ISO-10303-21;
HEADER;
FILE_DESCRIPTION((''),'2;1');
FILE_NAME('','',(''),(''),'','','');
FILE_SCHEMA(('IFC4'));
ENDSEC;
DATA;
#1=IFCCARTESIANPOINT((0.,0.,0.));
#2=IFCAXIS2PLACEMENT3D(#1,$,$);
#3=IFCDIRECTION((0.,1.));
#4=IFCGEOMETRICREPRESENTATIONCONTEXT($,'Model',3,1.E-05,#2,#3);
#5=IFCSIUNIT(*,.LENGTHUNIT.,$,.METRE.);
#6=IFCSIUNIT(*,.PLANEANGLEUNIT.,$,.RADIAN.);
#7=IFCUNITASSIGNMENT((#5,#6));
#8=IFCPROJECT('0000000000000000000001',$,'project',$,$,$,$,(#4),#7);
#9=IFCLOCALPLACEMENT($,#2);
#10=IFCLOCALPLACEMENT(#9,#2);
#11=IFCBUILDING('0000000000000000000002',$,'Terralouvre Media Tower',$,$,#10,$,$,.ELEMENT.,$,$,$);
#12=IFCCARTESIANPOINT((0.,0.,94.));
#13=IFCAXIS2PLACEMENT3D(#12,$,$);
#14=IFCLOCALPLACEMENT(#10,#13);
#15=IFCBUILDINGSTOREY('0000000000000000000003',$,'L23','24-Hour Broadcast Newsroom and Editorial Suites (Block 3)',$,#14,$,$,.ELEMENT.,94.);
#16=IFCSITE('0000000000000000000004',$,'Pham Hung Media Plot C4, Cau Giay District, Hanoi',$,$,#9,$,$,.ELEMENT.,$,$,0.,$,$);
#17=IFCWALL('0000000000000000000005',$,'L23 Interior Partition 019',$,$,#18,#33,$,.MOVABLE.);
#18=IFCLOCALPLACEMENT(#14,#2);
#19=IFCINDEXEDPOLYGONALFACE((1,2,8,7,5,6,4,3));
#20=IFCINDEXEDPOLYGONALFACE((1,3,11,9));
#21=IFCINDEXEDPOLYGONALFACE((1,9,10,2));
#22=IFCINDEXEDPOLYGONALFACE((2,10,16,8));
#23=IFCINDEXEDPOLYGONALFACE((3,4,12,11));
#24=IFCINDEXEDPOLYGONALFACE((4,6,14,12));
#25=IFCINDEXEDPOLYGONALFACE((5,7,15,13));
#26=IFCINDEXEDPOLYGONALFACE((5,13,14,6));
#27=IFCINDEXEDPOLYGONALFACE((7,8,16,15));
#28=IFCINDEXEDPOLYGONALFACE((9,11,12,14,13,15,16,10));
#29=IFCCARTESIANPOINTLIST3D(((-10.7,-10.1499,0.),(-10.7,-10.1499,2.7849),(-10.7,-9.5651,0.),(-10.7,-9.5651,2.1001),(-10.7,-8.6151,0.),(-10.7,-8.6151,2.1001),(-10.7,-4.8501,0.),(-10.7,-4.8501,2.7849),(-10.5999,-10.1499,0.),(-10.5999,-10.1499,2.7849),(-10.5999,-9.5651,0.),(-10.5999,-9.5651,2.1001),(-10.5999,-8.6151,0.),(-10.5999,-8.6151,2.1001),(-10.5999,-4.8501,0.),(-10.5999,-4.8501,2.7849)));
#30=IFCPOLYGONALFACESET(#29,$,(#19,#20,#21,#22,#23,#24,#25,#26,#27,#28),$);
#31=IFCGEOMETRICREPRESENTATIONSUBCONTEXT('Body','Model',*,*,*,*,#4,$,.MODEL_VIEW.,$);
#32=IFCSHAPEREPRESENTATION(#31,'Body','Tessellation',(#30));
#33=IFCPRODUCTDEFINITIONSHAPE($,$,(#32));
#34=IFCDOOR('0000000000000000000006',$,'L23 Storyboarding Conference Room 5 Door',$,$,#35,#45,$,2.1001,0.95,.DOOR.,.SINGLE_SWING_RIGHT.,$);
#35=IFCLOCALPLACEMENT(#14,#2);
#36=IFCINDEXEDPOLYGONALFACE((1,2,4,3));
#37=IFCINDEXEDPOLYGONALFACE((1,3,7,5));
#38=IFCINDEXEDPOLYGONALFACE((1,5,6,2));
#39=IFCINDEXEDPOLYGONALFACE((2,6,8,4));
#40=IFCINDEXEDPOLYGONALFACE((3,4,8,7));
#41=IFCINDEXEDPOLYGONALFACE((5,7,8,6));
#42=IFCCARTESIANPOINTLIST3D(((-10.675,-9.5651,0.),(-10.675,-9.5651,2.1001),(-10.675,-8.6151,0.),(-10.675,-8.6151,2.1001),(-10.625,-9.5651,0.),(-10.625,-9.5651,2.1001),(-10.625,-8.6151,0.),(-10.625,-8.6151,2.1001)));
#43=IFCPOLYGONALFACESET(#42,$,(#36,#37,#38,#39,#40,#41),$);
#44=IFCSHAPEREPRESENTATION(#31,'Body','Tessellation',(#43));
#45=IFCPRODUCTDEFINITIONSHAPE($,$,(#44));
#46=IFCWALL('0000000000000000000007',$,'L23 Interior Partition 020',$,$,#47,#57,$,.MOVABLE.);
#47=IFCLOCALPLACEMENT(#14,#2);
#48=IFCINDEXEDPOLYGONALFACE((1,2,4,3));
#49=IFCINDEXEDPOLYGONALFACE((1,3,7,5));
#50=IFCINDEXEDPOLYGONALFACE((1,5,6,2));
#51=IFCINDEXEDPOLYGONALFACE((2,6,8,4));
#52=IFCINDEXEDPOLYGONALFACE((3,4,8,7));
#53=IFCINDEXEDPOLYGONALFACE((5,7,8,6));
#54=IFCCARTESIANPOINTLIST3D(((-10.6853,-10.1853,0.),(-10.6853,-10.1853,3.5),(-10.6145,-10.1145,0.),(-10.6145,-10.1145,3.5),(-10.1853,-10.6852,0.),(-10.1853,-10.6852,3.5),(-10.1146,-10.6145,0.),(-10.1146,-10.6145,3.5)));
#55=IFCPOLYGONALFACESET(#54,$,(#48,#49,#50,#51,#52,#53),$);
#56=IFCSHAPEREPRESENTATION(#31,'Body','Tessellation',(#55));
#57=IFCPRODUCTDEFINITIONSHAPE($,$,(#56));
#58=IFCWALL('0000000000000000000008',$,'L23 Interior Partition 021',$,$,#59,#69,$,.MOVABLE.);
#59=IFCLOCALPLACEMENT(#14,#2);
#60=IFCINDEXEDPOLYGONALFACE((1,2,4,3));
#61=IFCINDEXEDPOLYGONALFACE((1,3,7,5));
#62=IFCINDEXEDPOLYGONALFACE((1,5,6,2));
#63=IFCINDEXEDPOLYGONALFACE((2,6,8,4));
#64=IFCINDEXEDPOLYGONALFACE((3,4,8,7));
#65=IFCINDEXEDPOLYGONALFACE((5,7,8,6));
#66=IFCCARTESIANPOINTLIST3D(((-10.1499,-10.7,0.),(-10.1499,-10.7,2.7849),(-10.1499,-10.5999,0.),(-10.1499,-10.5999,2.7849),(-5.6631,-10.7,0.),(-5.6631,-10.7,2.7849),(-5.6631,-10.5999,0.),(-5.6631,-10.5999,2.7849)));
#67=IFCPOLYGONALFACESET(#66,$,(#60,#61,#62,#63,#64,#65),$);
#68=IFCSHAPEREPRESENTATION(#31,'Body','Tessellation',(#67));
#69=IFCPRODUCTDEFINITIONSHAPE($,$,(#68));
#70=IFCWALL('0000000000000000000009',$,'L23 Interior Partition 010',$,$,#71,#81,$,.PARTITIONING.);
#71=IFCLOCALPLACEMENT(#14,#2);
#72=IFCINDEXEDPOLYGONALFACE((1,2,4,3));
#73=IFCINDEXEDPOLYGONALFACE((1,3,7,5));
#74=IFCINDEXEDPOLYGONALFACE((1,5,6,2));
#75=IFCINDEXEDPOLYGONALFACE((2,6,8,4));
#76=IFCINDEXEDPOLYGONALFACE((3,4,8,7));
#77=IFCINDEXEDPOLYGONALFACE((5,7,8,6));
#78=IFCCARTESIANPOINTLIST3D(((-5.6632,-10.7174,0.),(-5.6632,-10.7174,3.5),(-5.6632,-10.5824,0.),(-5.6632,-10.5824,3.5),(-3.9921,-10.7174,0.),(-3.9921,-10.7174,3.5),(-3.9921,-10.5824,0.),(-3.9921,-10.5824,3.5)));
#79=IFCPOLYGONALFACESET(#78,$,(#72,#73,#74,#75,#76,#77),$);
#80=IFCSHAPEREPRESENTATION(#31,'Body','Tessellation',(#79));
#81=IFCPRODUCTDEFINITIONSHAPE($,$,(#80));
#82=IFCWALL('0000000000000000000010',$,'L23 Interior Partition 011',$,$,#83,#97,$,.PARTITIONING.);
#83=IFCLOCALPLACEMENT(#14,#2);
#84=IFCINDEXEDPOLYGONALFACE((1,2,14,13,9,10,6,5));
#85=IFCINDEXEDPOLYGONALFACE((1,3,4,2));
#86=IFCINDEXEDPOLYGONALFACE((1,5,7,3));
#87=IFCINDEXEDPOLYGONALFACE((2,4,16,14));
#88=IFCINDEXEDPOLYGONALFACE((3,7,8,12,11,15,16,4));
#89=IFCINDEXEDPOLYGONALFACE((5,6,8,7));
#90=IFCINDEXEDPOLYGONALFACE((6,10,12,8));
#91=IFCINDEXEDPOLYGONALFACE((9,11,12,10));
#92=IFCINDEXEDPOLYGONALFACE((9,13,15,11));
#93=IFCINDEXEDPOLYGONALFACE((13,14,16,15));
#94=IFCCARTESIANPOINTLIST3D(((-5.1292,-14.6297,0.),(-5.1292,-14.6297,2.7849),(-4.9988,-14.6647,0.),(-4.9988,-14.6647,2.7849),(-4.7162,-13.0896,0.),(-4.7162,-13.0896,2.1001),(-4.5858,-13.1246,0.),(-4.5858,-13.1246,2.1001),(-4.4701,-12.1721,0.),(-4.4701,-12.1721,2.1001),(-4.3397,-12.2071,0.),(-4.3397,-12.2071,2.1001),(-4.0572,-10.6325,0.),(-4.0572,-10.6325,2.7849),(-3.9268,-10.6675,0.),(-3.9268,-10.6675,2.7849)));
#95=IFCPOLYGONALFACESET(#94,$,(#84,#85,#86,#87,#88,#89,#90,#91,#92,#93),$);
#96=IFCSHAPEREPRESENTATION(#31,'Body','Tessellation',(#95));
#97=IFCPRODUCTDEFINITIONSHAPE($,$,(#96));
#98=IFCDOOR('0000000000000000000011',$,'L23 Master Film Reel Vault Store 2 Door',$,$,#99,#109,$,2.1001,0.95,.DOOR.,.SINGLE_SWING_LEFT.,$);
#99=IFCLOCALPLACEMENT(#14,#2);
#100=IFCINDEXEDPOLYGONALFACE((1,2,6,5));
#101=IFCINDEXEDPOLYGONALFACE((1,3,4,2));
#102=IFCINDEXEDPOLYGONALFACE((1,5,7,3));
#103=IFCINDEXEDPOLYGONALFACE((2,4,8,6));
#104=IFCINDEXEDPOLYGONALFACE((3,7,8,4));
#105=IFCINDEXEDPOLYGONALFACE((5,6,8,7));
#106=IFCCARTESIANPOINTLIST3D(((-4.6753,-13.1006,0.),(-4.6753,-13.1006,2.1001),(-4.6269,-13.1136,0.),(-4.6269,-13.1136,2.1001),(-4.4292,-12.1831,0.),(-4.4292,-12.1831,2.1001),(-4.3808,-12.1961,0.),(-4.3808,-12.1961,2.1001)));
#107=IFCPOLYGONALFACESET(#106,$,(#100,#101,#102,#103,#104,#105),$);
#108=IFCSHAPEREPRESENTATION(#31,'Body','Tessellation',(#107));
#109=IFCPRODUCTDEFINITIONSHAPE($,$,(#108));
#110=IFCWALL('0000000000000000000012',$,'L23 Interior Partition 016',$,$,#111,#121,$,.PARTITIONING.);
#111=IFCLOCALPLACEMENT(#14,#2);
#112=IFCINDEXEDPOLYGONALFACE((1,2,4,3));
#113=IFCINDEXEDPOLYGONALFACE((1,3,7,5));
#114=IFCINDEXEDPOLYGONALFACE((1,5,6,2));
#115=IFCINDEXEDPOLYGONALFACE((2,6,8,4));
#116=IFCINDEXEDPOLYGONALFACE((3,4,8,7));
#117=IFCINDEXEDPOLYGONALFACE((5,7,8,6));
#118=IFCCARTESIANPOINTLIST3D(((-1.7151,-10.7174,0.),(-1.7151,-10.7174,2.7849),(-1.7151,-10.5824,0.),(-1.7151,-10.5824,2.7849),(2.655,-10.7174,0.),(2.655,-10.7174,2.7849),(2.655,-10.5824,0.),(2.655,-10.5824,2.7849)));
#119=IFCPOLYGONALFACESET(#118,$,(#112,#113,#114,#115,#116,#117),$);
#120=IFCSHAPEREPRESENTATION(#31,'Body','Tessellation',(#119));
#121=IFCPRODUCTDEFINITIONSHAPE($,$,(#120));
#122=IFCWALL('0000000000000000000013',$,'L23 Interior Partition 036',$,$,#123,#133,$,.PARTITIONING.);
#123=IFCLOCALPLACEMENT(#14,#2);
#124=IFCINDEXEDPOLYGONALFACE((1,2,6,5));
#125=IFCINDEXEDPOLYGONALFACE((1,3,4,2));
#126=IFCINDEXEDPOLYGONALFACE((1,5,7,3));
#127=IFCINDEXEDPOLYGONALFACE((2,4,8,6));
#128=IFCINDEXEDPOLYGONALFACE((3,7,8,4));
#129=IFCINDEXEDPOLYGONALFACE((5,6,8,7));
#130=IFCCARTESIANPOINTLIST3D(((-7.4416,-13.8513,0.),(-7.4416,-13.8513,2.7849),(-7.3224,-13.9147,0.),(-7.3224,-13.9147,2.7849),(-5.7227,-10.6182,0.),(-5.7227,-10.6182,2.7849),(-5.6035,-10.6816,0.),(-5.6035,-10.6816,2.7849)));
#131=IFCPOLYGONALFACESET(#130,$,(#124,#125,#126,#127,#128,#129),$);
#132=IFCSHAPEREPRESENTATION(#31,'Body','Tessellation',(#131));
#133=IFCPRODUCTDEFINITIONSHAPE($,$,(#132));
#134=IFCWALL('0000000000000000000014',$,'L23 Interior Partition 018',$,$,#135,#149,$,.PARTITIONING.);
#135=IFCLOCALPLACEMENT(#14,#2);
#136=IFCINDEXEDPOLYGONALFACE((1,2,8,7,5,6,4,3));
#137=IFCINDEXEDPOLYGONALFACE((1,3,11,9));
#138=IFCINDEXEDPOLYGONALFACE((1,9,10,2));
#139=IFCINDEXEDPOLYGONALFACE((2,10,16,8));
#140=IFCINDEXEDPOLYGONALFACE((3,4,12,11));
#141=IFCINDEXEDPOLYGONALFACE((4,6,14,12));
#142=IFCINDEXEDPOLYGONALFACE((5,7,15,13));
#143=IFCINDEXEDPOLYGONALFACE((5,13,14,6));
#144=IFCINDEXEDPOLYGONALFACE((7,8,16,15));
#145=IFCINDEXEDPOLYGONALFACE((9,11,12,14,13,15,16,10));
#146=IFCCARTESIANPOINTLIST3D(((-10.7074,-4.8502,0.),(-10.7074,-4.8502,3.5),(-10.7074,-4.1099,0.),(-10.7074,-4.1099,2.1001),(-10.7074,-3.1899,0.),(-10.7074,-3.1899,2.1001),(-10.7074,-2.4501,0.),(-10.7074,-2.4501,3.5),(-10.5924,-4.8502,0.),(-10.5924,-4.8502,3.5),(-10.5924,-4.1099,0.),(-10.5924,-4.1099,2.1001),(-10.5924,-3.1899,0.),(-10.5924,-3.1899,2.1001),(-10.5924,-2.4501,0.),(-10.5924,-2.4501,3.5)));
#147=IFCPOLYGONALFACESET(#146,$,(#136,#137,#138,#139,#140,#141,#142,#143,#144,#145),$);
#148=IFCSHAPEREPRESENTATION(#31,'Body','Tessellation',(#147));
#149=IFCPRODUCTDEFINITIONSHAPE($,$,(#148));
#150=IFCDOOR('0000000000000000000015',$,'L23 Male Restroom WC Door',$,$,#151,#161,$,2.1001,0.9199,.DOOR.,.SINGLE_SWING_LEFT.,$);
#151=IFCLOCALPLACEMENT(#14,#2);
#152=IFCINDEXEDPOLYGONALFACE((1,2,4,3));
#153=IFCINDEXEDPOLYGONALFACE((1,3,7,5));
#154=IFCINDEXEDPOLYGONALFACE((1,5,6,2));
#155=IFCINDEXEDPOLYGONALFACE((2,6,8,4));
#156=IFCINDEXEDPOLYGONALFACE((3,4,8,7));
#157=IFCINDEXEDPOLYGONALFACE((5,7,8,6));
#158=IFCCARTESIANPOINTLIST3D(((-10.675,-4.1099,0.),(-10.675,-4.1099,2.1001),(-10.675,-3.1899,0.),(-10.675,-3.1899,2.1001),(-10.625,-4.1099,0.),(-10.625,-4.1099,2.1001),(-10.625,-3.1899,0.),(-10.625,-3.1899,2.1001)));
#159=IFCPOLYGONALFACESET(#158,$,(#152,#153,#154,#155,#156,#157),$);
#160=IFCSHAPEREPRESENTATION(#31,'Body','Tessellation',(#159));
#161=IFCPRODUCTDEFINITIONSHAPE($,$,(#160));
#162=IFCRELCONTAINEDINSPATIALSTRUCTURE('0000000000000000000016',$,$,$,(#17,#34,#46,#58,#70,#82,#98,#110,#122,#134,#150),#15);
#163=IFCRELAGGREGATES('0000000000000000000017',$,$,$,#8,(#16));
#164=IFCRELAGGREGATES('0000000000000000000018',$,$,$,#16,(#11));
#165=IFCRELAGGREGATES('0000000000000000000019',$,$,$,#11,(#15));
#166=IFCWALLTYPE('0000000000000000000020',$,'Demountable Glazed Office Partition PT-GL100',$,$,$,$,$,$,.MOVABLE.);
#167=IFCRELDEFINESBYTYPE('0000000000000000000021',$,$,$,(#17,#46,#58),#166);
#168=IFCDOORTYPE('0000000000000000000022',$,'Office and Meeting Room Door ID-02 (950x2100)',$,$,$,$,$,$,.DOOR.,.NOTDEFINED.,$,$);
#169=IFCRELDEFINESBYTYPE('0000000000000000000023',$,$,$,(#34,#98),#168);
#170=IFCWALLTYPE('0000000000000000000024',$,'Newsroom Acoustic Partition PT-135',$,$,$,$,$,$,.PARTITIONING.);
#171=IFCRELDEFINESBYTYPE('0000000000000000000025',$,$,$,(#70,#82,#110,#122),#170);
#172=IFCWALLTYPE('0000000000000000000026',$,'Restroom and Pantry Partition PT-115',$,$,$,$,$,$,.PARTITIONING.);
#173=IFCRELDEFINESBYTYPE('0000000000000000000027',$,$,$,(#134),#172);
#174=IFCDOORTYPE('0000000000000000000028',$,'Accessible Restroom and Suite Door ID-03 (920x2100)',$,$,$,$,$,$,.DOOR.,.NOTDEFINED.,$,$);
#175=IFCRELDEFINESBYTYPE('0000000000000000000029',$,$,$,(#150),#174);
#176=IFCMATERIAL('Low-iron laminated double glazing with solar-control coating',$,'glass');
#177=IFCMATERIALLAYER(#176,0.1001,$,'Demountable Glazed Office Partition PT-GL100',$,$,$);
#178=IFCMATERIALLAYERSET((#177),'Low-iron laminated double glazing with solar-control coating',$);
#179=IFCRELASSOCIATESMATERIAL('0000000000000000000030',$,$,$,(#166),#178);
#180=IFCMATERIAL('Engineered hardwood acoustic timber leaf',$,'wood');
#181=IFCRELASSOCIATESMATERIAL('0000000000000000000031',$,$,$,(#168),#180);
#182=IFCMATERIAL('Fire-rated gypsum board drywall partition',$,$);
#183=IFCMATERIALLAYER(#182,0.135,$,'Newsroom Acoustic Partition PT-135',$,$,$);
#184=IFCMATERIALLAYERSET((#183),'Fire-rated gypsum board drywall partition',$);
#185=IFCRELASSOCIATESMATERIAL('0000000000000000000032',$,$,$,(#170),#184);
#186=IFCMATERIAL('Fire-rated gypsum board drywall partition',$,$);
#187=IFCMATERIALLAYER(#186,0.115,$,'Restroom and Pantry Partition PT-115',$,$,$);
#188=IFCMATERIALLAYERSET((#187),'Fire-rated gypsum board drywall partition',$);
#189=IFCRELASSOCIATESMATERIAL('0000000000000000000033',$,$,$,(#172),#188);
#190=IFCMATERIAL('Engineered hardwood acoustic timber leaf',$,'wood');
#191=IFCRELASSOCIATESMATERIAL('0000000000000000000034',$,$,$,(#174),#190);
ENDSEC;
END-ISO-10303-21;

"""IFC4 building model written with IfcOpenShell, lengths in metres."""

from ifc_helpers import new_model, si_unit, direction, frame, frame_2d, origin, place, context, subcontext, project, spatial, rectangle, extrude, material, layer, layer_set, type_object, element, fill, save


model = new_model("IFC4")

# Units and contexts
model_context = context("Model", 3, precision=1e-05, world=origin(), true_north=direction((0.0, 1.0)))
body_context = subcontext(model_context, "Body", "Model", "MODEL_VIEW")
ifc_project = project(units=[si_unit("LENGTHUNIT", "METRE"), si_unit("PLANEANGLEUNIT", "RADIAN")], contexts=[model_context])

# Site, building, storey
site_placement = place(None, origin())
site = spatial("IfcSite", under=ifc_project, at=site_placement, Name="Pham Hung Media Plot C4, Cau Giay District, Hanoi", CompositionType="ELEMENT", RefElevation=0.0)
building_placement = place(site_placement, origin())
building = spatial("IfcBuilding", under=site, at=building_placement, Name="Terralouvre Media Tower", CompositionType="ELEMENT")
storey_placement = place(building_placement, frame((0.0, 0.0, 94.0)))
storey = spatial("IfcBuildingStorey", under=building, at=storey_placement, Name="L23", Description="24-Hour Broadcast Newsroom and Editorial Suites (Block 3)", CompositionType="ELEMENT", Elevation=94.0)

# Wall, opening, door
ifc_material_1 = material(Name="Low-iron laminated double glazing with solar-control coating", Category="glass")
ifc_layer_1 = layer(ifc_material_1, 0.1001, Name="Demountable Glazed Office Partition PT-GL100")
ifc_layer_set_1 = layer_set([ifc_layer_1], Name="Low-iron laminated double glazing with solar-control coating")
wall_type_1 = type_object("IfcWallType", Name="Demountable Glazed Office Partition PT-GL100", PredefinedType="MOVABLE", material=ifc_layer_set_1)
wall_1_placement = place(storey_placement, frame((-10.6499, -4.8501, 0.0), z_axis=(0.0, 0.0, 1.0), x_axis=(0.0, -1.0, 0.0)))
wall_1 = element("IfcWall", 1, at=wall_1_placement, inside=storey, type_object=wall_type_1, Name="L23 Interior Partition 019", PredefinedType="MOVABLE", context=body_context, shape_type="SweptSolid", body=[
    extrude(rectangle(XDim=5.2998, YDim=0.1001, at=frame_2d((2.6499, 0.0))), origin(), (0.0, 0.0, 1.0), 2.7849),
])
opening_1_placement = place(wall_1_placement, frame((3.7649, 0.0, 0.0)))
opening_1 = element("IfcOpeningElement", 2, at=opening_1_placement, cuts=wall_1, PredefinedType="OPENING", context=body_context, shape_type="SweptSolid", body=[
    extrude(rectangle(XDim=0.95, YDim=2.1001, at=frame_2d((0.4751, 1.05))), frame((0.0, 0.0601, 0.0), z_axis=(0.0, -1.0, 0.0), x_axis=(1.0, 0.0, 0.0)), (0.0, 0.0, 1.0), 0.1201),
])
ifc_material_2 = material(Name="Engineered hardwood acoustic timber leaf", Category="wood")
door_type_1 = type_object("IfcDoorType", Name="Office and Meeting Room Door ID-02 (950x2100)", OperationType="NOTDEFINED", PredefinedType="DOOR", material=ifc_material_2)
door_1_placement = place(opening_1_placement, origin())
door_1 = element("IfcDoor", 3, at=door_1_placement, inside=storey, type_object=door_type_1, Name="L23 Storyboarding Conference Room 5 Door", OperationType="SINGLE_SWING_RIGHT", OverallHeight=2.1001, OverallWidth=0.95, PredefinedType="DOOR", context=body_context, shape_type="SweptSolid", body=[
    extrude(rectangle(XDim=0.95, YDim=2.1001, at=frame_2d((0.4751, 1.05))), frame((0.0, 0.0249, 0.0), z_axis=(0.0, -1.0, 0.0), x_axis=(1.0, 0.0, 0.0)), (0.0, 0.0, 1.0), 0.05),
])
fill(opening_1, door_1)

# Walls
wall_2_placement = place(storey_placement, frame((-10.6499, -10.1499, 0.0), z_axis=(0.0, 0.0, 1.0), x_axis=(0.707107, -0.707107, 0.0)))
element("IfcWall", 4, at=wall_2_placement, inside=storey, type_object=wall_type_1, Name="L23 Interior Partition 020", PredefinedType="MOVABLE", context=body_context, shape_type="SweptSolid", body=[
    extrude(rectangle(XDim=0.707, YDim=0.1001, at=frame_2d((0.3535, 0.0))), origin(), (0.0, 0.0, 1.0), 3.5),
])
wall_3_placement = place(storey_placement, frame((-10.1499, -10.6499, 0.0), z_axis=(0.0, 0.0, 1.0), x_axis=(1.0, 0.0, 0.0)))
element("IfcWall", 5, at=wall_3_placement, inside=storey, type_object=wall_type_1, Name="L23 Interior Partition 021", PredefinedType="MOVABLE", context=body_context, shape_type="SweptSolid", body=[
    extrude(rectangle(XDim=4.4868, YDim=0.1001, at=frame_2d((2.2434, 0.0))), origin(), (0.0, 0.0, 1.0), 2.7849),
])
ifc_material_3 = material(Name="Fire-rated gypsum board drywall partition")
ifc_layer_2 = layer(ifc_material_3, 0.135, Name="Newsroom Acoustic Partition PT-135")
ifc_layer_set_2 = layer_set([ifc_layer_2], Name="Fire-rated gypsum board drywall partition")
wall_type_2 = type_object("IfcWallType", Name="Newsroom Acoustic Partition PT-135", PredefinedType="PARTITIONING", material=ifc_layer_set_2)
wall_4_placement = place(storey_placement, frame((-5.6631, -10.6499, 0.0), z_axis=(0.0, 0.0, 1.0), x_axis=(1.0, 0.0, 0.0)))
element("IfcWall", 6, at=wall_4_placement, inside=storey, type_object=wall_type_2, Name="L23 Interior Partition 010", PredefinedType="PARTITIONING", context=body_context, shape_type="SweptSolid", body=[
    extrude(rectangle(XDim=1.6711, YDim=0.135, at=frame_2d((0.8354, 0.0))), origin(), (0.0, 0.0, 1.0), 3.5),
])

# Wall, opening, door
wall_5_placement = place(storey_placement, frame((-3.9919, -10.6499, 0.0), z_axis=(0.0, 0.0, 1.0), x_axis=(-0.259047, -0.965865, 0.0)))
wall_5 = element("IfcWall", 7, at=wall_5_placement, inside=storey, type_object=wall_type_2, Name="L23 Interior Partition 011", PredefinedType="PARTITIONING", context=body_context, shape_type="SweptSolid", body=[
    extrude(rectangle(XDim=4.1384, YDim=0.135, at=frame_2d((2.0693, 0.0))), origin(), (0.0, 0.0, 1.0), 2.7849),
])
opening_2_placement = place(wall_5_placement, frame((1.594, 0.0, 0.0)))
opening_2 = element("IfcOpeningElement", 8, at=opening_2_placement, cuts=wall_5, PredefinedType="OPENING", context=body_context, shape_type="SweptSolid", body=[
    extrude(rectangle(XDim=0.95, YDim=2.1001, at=frame_2d((0.4751, 1.05))), frame((0.0, 0.0774, 0.0), z_axis=(0.0, -1.0, 0.0), x_axis=(1.0, 0.0, 0.0)), (0.0, 0.0, 1.0), 0.155),
])
door_2_placement = place(opening_2_placement, origin())
door_2 = element("IfcDoor", 9, at=door_2_placement, inside=storey, type_object=door_type_1, Name="L23 Master Film Reel Vault Store 2 Door", OperationType="SINGLE_SWING_LEFT", OverallHeight=2.1001, OverallWidth=0.95, PredefinedType="DOOR", context=body_context, shape_type="SweptSolid", body=[
    extrude(rectangle(XDim=0.95, YDim=2.1001, at=frame_2d((0.4751, 1.05))), frame((0.0, 0.0249, 0.0), z_axis=(0.0, -1.0, 0.0), x_axis=(1.0, 0.0, 0.0)), (0.0, 0.0, 1.0), 0.05),
])
fill(opening_2, door_2)

# Walls
wall_6_placement = place(storey_placement, frame((-1.7151, -10.6499, 0.0), z_axis=(0.0, 0.0, 1.0), x_axis=(1.0, 0.0, 0.0)))
element("IfcWall", 10, at=wall_6_placement, inside=storey, type_object=wall_type_2, Name="L23 Interior Partition 016", PredefinedType="PARTITIONING", context=body_context, shape_type="SweptSolid", body=[
    extrude(rectangle(XDim=4.3701, YDim=0.135, at=frame_2d((2.1851, 0.0))), origin(), (0.0, 0.0, 1.0), 2.7849),
])
wall_7_placement = place(storey_placement, frame((-5.6631, -10.6499, 0.0), z_axis=(0.0, 0.0, 1.0), x_axis=(-0.469449, -0.882959, 0.0)))
element("IfcWall", 11, at=wall_7_placement, inside=storey, type_object=wall_type_2, Name="L23 Interior Partition 036", PredefinedType="PARTITIONING", context=body_context, shape_type="SweptSolid", body=[
    extrude(rectangle(XDim=3.6616, YDim=0.135, at=frame_2d((1.8308, 0.0))), origin(), (0.0, 0.0, 1.0), 2.7849),
])

# Wall, opening, door
ifc_material_4 = material(Name="Fire-rated gypsum board drywall partition")
ifc_layer_3 = layer(ifc_material_4, 0.115, Name="Restroom and Pantry Partition PT-115")
ifc_layer_set_3 = layer_set([ifc_layer_3], Name="Fire-rated gypsum board drywall partition")
wall_type_3 = type_object("IfcWallType", Name="Restroom and Pantry Partition PT-115", PredefinedType="PARTITIONING", material=ifc_layer_set_3)
wall_8_placement = place(storey_placement, frame((-10.6499, -2.45, 0.0), z_axis=(0.0, 0.0, 1.0), x_axis=(0.0, -1.0, 0.0)))
wall_8 = element("IfcWall", 12, at=wall_8_placement, inside=storey, type_object=wall_type_3, Name="L23 Interior Partition 018", PredefinedType="PARTITIONING", context=body_context, shape_type="SweptSolid", body=[
    extrude(rectangle(XDim=2.4001, YDim=0.115, at=frame_2d((1.2002, 0.0))), origin(), (0.0, 0.0, 1.0), 3.5),
])
opening_3_placement = place(wall_8_placement, frame((0.74, 0.0, 0.0)))
opening_3 = element("IfcOpeningElement", 13, at=opening_3_placement, cuts=wall_8, PredefinedType="OPENING", context=body_context, shape_type="SweptSolid", body=[
    extrude(rectangle(XDim=0.9199, YDim=2.1001, at=frame_2d((0.46, 1.05))), frame((0.0, 0.0674, 0.0), z_axis=(0.0, -1.0, 0.0), x_axis=(1.0, 0.0, 0.0)), (0.0, 0.0, 1.0), 0.135),
])
ifc_material_5 = material(Name="Engineered hardwood acoustic timber leaf", Category="wood")
door_type_2 = type_object("IfcDoorType", Name="Accessible Restroom and Suite Door ID-03 (920x2100)", OperationType="NOTDEFINED", PredefinedType="DOOR", material=ifc_material_5)
door_3_placement = place(opening_3_placement, origin())
door_3 = element("IfcDoor", 14, at=door_3_placement, inside=storey, type_object=door_type_2, Name="L23 Male Restroom WC Door", OperationType="SINGLE_SWING_LEFT", OverallHeight=2.1001, OverallWidth=0.9199, PredefinedType="DOOR", context=body_context, shape_type="SweptSolid", body=[
    extrude(rectangle(XDim=0.9199, YDim=2.1001, at=frame_2d((0.46, 1.05))), frame((0.0, 0.0249, 0.0), z_axis=(0.0, -1.0, 0.0), x_axis=(1.0, 0.0, 0.0)), (0.0, 0.0, 1.0), 0.05),
])
fill(opening_3, door_3)

save(model, "model.ifc")
